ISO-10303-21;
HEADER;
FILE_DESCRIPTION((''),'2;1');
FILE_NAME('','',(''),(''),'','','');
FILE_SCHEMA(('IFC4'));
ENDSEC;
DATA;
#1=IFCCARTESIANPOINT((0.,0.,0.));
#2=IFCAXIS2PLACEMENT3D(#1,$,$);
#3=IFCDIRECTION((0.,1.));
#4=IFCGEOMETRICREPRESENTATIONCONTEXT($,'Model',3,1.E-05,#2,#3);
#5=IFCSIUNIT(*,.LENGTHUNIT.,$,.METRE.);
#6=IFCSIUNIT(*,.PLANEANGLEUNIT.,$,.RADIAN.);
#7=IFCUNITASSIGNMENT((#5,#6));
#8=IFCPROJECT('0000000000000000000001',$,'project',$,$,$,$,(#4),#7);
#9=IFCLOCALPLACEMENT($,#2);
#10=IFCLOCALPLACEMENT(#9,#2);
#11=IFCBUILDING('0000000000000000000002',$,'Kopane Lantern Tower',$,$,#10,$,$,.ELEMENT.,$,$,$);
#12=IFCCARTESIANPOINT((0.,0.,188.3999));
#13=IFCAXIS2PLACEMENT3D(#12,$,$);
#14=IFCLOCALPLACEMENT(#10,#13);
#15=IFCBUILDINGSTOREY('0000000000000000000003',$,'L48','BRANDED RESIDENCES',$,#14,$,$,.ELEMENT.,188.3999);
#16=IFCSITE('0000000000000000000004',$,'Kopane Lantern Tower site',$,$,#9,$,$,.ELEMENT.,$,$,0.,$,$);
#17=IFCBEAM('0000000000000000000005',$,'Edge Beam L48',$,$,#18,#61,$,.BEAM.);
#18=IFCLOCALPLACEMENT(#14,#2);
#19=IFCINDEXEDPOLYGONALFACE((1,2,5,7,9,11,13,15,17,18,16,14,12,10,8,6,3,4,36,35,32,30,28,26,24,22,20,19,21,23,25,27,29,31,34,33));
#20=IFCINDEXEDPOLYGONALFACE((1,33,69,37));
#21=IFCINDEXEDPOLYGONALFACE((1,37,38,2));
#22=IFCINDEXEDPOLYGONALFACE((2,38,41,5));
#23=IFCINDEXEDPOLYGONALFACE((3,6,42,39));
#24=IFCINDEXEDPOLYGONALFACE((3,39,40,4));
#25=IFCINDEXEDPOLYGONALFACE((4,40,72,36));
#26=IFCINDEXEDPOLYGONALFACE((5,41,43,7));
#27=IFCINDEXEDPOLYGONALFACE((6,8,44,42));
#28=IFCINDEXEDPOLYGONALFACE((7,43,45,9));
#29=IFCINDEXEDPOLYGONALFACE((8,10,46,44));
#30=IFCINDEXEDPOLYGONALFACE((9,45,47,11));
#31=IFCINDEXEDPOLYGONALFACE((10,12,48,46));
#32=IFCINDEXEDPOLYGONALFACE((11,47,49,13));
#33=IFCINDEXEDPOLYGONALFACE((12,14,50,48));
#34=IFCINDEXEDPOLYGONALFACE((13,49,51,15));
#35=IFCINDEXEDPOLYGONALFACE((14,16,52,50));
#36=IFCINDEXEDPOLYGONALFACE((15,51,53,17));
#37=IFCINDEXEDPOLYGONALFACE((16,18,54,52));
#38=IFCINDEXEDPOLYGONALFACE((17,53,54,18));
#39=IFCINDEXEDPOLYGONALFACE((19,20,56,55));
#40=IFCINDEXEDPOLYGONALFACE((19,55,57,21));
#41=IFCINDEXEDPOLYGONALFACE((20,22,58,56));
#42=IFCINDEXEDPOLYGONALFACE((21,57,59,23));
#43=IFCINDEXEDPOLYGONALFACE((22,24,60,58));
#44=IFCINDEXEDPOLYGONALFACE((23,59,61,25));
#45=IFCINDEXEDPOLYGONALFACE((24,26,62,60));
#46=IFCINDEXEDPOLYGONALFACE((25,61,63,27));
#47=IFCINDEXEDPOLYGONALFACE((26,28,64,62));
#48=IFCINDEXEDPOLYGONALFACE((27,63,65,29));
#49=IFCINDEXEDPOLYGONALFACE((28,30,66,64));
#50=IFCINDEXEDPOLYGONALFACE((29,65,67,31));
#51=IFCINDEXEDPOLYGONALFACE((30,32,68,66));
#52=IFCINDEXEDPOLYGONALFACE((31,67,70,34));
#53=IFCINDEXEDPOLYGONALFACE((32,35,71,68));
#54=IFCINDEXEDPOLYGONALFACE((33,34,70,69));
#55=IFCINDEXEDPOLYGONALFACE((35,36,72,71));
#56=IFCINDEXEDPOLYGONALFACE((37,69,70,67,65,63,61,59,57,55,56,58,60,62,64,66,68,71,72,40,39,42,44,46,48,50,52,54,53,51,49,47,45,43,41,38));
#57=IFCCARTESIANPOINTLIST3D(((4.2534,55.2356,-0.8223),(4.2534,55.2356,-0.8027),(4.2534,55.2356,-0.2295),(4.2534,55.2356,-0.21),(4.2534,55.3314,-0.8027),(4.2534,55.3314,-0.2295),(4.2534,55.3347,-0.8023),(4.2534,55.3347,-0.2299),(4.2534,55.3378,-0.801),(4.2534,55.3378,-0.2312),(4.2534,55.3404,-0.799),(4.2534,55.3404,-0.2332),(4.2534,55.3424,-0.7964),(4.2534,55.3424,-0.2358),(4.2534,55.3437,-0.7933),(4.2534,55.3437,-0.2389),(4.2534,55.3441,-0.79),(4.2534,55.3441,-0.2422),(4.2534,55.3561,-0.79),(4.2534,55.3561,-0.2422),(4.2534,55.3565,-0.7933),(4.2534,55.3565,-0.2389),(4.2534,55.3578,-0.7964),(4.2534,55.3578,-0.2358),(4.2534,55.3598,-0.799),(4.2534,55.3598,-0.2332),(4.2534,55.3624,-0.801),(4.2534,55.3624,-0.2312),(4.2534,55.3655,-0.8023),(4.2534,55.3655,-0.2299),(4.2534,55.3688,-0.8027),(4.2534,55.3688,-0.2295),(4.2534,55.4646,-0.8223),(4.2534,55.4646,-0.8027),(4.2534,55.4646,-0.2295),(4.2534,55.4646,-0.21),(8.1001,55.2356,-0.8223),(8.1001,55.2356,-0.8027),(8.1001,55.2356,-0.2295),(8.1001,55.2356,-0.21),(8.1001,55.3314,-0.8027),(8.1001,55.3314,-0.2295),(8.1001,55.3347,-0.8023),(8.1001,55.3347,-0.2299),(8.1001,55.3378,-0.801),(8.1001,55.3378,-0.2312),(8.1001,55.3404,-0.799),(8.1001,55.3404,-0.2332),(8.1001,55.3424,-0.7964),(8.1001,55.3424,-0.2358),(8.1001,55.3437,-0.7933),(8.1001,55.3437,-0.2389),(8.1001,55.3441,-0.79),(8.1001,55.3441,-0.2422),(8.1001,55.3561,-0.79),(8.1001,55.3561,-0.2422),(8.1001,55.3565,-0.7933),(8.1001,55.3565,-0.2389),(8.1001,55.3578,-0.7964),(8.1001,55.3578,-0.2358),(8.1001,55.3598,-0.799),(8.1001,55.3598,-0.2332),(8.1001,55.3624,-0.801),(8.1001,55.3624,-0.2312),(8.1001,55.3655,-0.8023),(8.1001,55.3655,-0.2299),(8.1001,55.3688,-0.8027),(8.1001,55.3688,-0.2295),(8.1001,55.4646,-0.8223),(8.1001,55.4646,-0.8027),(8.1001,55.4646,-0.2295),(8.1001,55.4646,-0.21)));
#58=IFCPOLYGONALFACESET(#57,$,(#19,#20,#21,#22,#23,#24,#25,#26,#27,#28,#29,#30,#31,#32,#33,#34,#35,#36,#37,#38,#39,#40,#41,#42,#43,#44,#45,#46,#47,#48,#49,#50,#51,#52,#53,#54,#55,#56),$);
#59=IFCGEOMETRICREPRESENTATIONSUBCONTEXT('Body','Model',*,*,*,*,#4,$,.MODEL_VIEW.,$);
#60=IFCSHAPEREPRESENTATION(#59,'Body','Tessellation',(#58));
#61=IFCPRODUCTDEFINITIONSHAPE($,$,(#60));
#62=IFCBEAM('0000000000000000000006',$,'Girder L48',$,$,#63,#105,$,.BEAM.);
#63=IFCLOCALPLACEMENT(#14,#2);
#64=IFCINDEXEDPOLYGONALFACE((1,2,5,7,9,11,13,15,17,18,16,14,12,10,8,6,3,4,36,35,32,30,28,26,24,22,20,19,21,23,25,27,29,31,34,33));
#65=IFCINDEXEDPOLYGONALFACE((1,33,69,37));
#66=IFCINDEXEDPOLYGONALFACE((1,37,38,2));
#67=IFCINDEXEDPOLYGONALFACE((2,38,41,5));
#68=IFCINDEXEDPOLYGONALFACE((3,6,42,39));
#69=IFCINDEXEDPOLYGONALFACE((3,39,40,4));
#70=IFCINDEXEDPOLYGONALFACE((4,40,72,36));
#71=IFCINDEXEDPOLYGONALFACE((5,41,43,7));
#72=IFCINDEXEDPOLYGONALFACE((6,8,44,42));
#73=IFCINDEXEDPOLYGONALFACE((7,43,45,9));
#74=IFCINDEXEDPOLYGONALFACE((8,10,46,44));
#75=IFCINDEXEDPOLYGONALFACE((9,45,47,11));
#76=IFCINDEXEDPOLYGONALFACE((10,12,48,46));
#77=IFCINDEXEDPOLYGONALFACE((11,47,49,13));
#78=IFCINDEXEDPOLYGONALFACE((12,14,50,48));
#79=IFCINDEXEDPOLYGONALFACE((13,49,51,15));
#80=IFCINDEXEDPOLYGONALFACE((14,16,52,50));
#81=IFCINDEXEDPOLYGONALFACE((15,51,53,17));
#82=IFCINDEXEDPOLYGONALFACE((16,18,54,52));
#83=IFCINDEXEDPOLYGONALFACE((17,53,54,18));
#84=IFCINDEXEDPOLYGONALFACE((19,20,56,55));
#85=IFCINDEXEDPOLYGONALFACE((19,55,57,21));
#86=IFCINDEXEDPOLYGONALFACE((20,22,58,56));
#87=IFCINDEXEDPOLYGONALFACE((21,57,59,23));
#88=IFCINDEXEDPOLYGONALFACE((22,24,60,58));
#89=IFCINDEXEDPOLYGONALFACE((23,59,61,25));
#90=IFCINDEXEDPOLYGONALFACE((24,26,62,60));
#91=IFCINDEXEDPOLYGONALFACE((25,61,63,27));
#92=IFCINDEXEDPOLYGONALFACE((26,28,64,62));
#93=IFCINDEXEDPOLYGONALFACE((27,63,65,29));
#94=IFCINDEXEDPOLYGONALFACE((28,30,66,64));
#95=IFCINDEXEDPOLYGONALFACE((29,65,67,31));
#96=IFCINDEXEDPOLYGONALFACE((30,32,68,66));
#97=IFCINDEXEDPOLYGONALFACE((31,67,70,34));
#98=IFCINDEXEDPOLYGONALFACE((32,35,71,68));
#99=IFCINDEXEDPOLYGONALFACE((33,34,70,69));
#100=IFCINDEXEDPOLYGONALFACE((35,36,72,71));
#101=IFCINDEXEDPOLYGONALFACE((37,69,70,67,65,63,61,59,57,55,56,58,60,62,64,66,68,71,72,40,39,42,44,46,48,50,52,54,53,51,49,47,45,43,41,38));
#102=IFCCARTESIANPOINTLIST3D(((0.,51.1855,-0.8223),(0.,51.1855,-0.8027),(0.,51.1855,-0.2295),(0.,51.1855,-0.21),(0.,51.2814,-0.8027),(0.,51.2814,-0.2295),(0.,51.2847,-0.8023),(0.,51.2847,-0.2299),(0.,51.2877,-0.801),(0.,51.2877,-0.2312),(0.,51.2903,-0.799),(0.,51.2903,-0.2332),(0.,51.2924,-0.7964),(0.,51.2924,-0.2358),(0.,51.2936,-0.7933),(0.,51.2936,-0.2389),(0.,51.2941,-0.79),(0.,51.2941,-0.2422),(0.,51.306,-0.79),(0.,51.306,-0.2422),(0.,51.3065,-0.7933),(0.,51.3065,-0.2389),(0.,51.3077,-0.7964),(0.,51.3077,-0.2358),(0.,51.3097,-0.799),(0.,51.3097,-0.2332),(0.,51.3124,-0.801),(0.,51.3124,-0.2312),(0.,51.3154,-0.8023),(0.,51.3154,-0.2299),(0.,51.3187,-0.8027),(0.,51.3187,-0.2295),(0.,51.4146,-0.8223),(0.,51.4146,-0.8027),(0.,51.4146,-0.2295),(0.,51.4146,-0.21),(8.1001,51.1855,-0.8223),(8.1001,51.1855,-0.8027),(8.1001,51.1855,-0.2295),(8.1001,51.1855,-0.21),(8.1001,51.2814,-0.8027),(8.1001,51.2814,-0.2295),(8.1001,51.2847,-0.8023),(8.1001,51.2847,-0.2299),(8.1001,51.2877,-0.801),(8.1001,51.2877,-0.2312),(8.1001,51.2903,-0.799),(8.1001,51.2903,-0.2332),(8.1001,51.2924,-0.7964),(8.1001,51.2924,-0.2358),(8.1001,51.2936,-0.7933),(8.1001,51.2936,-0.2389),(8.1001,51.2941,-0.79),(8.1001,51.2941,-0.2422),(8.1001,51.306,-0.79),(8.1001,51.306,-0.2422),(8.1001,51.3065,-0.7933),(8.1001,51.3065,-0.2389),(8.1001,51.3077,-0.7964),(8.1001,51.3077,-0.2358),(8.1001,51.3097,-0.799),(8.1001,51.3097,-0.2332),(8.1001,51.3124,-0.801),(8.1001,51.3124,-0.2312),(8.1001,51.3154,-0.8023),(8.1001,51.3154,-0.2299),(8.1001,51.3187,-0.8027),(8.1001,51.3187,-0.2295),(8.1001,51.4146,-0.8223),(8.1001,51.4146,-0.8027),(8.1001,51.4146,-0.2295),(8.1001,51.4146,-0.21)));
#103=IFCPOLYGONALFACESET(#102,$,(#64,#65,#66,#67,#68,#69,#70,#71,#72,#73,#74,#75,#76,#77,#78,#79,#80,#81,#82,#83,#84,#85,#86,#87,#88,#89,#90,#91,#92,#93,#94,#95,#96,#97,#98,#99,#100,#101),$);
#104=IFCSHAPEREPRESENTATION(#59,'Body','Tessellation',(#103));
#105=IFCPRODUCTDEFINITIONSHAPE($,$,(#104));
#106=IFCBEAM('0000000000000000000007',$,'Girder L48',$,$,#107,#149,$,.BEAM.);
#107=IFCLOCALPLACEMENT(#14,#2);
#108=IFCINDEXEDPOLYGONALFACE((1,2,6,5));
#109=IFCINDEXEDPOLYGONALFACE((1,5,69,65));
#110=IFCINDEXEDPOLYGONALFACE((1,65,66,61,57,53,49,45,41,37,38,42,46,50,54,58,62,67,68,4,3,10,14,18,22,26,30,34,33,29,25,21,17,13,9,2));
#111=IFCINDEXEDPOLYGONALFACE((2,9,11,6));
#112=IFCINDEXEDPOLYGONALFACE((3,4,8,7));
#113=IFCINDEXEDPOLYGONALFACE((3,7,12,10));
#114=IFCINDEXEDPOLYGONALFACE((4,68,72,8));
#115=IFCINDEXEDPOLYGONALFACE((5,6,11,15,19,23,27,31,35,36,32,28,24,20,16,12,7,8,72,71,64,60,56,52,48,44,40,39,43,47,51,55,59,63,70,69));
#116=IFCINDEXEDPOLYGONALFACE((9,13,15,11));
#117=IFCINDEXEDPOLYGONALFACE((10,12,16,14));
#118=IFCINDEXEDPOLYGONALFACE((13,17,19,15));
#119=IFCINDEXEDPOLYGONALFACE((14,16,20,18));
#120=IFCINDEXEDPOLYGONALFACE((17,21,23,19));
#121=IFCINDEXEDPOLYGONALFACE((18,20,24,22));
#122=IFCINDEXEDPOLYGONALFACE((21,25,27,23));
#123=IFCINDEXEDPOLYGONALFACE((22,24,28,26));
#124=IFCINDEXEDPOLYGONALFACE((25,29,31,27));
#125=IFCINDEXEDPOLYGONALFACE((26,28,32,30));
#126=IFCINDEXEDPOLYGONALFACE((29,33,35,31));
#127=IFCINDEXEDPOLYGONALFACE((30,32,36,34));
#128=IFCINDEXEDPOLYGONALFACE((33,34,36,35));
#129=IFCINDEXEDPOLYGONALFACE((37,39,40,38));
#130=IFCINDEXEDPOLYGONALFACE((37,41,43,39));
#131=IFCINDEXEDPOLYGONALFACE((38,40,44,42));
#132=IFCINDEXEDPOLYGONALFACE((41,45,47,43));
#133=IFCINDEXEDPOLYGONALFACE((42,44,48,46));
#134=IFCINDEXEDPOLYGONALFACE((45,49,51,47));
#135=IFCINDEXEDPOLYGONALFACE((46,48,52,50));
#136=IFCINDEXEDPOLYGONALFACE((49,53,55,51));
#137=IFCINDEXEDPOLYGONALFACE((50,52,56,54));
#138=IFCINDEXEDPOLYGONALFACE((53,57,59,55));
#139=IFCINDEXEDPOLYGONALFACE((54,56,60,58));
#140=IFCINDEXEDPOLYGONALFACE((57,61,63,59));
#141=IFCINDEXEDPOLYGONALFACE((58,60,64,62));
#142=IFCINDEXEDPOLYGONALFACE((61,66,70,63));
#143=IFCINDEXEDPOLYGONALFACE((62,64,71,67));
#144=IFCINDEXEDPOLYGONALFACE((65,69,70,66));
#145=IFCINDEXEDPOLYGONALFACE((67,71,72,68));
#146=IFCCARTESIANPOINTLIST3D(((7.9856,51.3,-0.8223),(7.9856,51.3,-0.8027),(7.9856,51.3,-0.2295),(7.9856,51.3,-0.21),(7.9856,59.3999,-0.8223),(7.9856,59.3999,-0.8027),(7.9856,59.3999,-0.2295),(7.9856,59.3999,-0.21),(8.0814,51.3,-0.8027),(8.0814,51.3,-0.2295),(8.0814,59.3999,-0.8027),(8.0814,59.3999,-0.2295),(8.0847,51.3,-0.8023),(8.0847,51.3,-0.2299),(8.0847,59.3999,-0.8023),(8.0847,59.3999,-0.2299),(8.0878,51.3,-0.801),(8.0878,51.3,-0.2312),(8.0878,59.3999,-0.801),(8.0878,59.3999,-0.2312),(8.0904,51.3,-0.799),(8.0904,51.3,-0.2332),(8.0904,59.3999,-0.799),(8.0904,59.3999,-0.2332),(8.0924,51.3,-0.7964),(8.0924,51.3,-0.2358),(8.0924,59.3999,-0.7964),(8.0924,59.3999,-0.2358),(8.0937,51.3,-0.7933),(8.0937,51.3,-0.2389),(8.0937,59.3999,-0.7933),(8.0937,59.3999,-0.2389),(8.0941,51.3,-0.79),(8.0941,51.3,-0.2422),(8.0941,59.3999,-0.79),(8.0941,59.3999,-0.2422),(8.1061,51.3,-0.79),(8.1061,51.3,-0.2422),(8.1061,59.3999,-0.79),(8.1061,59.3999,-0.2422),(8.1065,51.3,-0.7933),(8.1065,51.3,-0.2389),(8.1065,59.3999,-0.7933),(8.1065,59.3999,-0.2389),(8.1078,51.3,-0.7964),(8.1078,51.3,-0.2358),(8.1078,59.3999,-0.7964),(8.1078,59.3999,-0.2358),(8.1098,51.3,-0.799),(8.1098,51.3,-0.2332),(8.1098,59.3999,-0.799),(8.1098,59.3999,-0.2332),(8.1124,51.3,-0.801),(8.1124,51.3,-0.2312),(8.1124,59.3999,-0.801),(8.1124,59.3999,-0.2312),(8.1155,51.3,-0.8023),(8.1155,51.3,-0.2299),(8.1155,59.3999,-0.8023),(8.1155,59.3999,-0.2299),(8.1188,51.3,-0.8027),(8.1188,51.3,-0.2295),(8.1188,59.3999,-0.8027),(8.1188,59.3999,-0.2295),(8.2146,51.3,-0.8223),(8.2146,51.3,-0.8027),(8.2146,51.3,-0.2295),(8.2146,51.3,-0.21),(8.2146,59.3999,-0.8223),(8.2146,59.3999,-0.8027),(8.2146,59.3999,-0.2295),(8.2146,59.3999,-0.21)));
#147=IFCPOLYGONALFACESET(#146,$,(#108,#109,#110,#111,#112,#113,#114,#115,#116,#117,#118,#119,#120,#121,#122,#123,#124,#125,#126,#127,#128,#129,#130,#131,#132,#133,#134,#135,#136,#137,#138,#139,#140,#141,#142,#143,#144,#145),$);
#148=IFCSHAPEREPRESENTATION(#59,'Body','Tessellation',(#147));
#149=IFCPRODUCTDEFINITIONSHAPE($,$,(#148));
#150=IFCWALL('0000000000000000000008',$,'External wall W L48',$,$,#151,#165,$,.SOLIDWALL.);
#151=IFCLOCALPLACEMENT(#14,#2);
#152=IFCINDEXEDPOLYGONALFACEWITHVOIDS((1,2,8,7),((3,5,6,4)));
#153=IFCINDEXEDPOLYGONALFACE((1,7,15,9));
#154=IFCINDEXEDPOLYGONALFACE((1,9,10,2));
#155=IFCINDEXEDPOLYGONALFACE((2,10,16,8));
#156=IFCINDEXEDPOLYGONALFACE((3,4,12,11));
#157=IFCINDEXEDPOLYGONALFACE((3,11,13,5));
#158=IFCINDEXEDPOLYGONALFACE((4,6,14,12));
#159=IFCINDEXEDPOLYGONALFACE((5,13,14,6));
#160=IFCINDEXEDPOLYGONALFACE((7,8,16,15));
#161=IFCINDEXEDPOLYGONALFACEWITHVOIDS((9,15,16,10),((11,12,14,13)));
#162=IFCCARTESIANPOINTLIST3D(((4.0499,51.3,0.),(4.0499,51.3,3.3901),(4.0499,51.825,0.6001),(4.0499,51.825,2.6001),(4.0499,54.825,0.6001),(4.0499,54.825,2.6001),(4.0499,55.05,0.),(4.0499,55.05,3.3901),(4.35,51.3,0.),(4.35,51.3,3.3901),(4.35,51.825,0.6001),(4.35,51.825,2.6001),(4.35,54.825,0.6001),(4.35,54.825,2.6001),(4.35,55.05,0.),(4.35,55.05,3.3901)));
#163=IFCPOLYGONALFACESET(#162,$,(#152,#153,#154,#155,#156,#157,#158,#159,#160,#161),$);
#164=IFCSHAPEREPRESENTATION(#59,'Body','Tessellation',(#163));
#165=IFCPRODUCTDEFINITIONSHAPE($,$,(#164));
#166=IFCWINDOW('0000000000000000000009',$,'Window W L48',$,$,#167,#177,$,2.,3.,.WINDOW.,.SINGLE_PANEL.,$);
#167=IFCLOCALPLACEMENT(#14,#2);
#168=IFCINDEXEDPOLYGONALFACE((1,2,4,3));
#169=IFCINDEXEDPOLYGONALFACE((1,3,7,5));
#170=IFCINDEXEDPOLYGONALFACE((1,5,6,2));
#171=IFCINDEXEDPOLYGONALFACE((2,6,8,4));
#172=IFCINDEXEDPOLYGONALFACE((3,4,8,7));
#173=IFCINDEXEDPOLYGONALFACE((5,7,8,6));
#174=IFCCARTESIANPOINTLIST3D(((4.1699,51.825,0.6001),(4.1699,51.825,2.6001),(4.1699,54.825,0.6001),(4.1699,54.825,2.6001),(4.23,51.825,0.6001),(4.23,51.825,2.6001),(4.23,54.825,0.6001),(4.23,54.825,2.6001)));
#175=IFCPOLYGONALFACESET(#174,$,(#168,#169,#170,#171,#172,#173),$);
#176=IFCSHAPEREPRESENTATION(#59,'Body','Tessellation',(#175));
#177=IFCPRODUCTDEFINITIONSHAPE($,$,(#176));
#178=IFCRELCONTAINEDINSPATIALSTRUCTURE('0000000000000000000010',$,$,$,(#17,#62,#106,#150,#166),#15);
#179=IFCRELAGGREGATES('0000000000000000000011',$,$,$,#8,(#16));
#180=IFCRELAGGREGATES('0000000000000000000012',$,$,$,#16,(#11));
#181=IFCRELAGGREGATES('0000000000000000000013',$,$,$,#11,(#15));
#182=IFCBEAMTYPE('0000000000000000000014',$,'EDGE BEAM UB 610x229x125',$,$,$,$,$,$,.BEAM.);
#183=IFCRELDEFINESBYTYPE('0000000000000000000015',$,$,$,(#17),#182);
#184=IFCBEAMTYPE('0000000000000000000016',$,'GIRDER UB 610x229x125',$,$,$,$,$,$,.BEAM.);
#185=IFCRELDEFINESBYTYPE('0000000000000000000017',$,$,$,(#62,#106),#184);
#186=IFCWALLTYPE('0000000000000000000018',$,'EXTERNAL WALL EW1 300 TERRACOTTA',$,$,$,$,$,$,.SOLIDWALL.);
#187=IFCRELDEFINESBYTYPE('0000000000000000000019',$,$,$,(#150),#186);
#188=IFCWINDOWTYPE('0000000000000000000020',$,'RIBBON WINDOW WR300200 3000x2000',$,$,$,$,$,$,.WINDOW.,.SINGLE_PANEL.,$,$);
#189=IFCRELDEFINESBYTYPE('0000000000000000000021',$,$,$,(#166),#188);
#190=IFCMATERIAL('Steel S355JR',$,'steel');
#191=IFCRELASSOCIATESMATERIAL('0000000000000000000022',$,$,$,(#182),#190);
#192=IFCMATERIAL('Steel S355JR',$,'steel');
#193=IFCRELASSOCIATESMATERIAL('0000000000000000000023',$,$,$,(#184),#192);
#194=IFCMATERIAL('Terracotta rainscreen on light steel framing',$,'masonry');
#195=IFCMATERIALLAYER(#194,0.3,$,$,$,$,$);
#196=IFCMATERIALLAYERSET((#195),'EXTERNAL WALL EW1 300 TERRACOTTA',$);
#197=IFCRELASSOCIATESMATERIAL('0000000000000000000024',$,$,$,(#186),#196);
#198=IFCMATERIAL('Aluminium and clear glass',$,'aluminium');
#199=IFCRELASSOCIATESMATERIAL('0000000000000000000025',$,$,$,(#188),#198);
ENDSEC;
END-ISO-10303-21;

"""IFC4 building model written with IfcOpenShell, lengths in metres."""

from ifc_helpers import new_model, si_unit, direction, frame, frame_2d, origin, origin_2d, place, context, subcontext, project, spatial, rectangle, i_section, extrude, material, layer, layer_set, material_profile, profile_set, type_object, element, fill, save


model = new_model("IFC4")

# Units and contexts
model_context = context("Model", 3, precision=1e-05, world=origin(), true_north=direction((0.0, 1.0)))
body_context = subcontext(model_context, "Body", "Model", "MODEL_VIEW")
ifc_project = project(units=[si_unit("LENGTHUNIT", "METRE"), si_unit("PLANEANGLEUNIT", "RADIAN")], contexts=[model_context])

# Site, building, storey
site_placement = place(None, origin())
site = spatial("IfcSite", under=ifc_project, at=site_placement, Name="Kopane Lantern Tower site", CompositionType="ELEMENT", RefElevation=0.0)
building_placement = place(site_placement, origin())
building = spatial("IfcBuilding", under=site, at=building_placement, Name="Kopane Lantern Tower", CompositionType="ELEMENT")
storey_placement = place(building_placement, frame((0.0, 0.0, 188.3999)))
storey = spatial("IfcBuildingStorey", under=building, at=storey_placement, Name="L48", Description="BRANDED RESIDENCES", CompositionType="ELEMENT", Elevation=188.3999)

# Beams
ifc_material_1 = material(Name="Steel S355JR", Category="steel")
ifc_material_profile_1 = material_profile(ifc_material_1, i_section(OverallWidth=0.229, OverallDepth=0.6123, WebThickness=0.012, FlangeThickness=0.0195, FilletRadius=0.0127, at=origin_2d()), Name="UB 610x229x125")
ifc_profile_set_1 = profile_set([ifc_material_profile_1], Name="Steel S355JR")
beam_type_1 = type_object("IfcBeamType", Name="EDGE BEAM UB 610x229x125", PredefinedType="BEAM", material=ifc_profile_set_1)
beam_1_placement = place(storey_placement, frame((4.2534, 55.3501, -0.5161), z_axis=(1.0, 0.0, 0.0), x_axis=(0.0, 1.0, 0.0)))
element("IfcBeam", 1, at=beam_1_placement, inside=storey, type_object=beam_type_1, Name="Edge Beam L48", PredefinedType="BEAM", context=body_context, shape_type="SweptSolid", body=[
    extrude(i_section(OverallWidth=0.229, OverallDepth=0.6123, WebThickness=0.012, FlangeThickness=0.0195, FilletRadius=0.0127, at=origin_2d()), origin(), (0.0, 0.0, 1.0), 3.8467),
])
ifc_material_2 = material(Name="Steel S355JR", Category="steel")
ifc_material_profile_2 = material_profile(ifc_material_2, i_section(OverallWidth=0.229, OverallDepth=0.6123, WebThickness=0.012, FlangeThickness=0.0195, FilletRadius=0.0127, at=origin_2d()), Name="UB 610x229x125")
ifc_profile_set_2 = profile_set([ifc_material_profile_2], Name="Steel S355JR")
beam_type_2 = type_object("IfcBeamType", Name="GIRDER UB 610x229x125", PredefinedType="BEAM", material=ifc_profile_set_2)
beam_2_placement = place(storey_placement, frame((0.0, 51.3, -0.5161), z_axis=(1.0, 0.0, 0.0), x_axis=(0.0, 1.0, 0.0)))
element("IfcBeam", 2, at=beam_2_placement, inside=storey, type_object=beam_type_2, Name="Girder L48", PredefinedType="BEAM", context=body_context, shape_type="SweptSolid", body=[
    extrude(i_section(OverallWidth=0.229, OverallDepth=0.6123, WebThickness=0.012, FlangeThickness=0.0195, FilletRadius=0.0127, at=origin_2d()), origin(), (0.0, 0.0, 1.0), 8.1001),
])
beam_3_placement = place(storey_placement, frame((8.1001, 51.3, -0.5161), z_axis=(0.0, 1.0, 0.0), x_axis=(-1.0, 0.0, 0.0)))
element("IfcBeam", 3, at=beam_3_placement, inside=storey, type_object=beam_type_2, Name="Girder L48", PredefinedType="BEAM", context=body_context, shape_type="SweptSolid", body=[
    extrude(i_section(OverallWidth=0.229, OverallDepth=0.6123, WebThickness=0.012, FlangeThickness=0.0195, FilletRadius=0.0127, at=origin_2d()), origin(), (0.0, 0.0, 1.0), 8.0999),
])

# Wall, opening, window
ifc_material_3 = material(Name="Terracotta rainscreen on light steel framing", Category="masonry")
ifc_layer = layer(ifc_material_3, 0.3)
ifc_layer_set = layer_set([ifc_layer], Name="EXTERNAL WALL EW1 300 TERRACOTTA")
wall_type = type_object("IfcWallType", Name="EXTERNAL WALL EW1 300 TERRACOTTA", PredefinedType="SOLIDWALL", material=ifc_layer_set)
wall_1_placement = place(storey_placement, frame((4.2, 55.05, 0.0), z_axis=(0.0, 0.0, 1.0), x_axis=(0.0, -1.0, 0.0)))
wall_1 = element("IfcWall", 4, at=wall_1_placement, inside=storey, type_object=wall_type, Name="External wall W L48", PredefinedType="SOLIDWALL", context=body_context, shape_type="SweptSolid", body=[
    extrude(rectangle(XDim=3.75, YDim=0.3, at=frame_2d((1.875, 0.0))), origin(), (0.0, 0.0, 1.0), 3.3901),
])
opening_1_placement = place(wall_1_placement, frame((0.2251, 0.0, 0.6001)))
opening_1 = element("IfcOpeningElement", 5, at=opening_1_placement, cuts=wall_1, PredefinedType="OPENING", context=body_context, shape_type="SweptSolid", body=[
    extrude(rectangle(XDim=3.0, YDim=2.0, at=frame_2d((1.5, 1.0))), frame((0.0, 0.1599, 0.0), z_axis=(0.0, -1.0, 0.0), x_axis=(1.0, 0.0, 0.0)), (0.0, 0.0, 1.0), 0.3201),
])
ifc_material_4 = material(Name="Aluminium and clear glass", Category="aluminium")
window_type_1 = type_object("IfcWindowType", Name="RIBBON WINDOW WR300200 3000x2000", PartitioningType="SINGLE_PANEL", PredefinedType="WINDOW", material=ifc_material_4)
window_1_placement = place(opening_1_placement, origin())
window_1 = element("IfcWindow", 6, at=window_1_placement, inside=storey, type_object=window_type_1, Name="Window W L48", OverallHeight=2.0, OverallWidth=3.0, PartitioningType="SINGLE_PANEL", PredefinedType="WINDOW", context=body_context, shape_type="SweptSolid", body=[
    extrude(rectangle(XDim=3.0, YDim=2.0, at=frame_2d((1.5, 1.0))), frame((0.0, 0.03, 0.0), z_axis=(0.0, -1.0, 0.0), x_axis=(1.0, 0.0, 0.0)), (0.0, 0.0, 1.0), 0.0601),
])
fill(opening_1, window_1)

save(model, "model.ifc")
